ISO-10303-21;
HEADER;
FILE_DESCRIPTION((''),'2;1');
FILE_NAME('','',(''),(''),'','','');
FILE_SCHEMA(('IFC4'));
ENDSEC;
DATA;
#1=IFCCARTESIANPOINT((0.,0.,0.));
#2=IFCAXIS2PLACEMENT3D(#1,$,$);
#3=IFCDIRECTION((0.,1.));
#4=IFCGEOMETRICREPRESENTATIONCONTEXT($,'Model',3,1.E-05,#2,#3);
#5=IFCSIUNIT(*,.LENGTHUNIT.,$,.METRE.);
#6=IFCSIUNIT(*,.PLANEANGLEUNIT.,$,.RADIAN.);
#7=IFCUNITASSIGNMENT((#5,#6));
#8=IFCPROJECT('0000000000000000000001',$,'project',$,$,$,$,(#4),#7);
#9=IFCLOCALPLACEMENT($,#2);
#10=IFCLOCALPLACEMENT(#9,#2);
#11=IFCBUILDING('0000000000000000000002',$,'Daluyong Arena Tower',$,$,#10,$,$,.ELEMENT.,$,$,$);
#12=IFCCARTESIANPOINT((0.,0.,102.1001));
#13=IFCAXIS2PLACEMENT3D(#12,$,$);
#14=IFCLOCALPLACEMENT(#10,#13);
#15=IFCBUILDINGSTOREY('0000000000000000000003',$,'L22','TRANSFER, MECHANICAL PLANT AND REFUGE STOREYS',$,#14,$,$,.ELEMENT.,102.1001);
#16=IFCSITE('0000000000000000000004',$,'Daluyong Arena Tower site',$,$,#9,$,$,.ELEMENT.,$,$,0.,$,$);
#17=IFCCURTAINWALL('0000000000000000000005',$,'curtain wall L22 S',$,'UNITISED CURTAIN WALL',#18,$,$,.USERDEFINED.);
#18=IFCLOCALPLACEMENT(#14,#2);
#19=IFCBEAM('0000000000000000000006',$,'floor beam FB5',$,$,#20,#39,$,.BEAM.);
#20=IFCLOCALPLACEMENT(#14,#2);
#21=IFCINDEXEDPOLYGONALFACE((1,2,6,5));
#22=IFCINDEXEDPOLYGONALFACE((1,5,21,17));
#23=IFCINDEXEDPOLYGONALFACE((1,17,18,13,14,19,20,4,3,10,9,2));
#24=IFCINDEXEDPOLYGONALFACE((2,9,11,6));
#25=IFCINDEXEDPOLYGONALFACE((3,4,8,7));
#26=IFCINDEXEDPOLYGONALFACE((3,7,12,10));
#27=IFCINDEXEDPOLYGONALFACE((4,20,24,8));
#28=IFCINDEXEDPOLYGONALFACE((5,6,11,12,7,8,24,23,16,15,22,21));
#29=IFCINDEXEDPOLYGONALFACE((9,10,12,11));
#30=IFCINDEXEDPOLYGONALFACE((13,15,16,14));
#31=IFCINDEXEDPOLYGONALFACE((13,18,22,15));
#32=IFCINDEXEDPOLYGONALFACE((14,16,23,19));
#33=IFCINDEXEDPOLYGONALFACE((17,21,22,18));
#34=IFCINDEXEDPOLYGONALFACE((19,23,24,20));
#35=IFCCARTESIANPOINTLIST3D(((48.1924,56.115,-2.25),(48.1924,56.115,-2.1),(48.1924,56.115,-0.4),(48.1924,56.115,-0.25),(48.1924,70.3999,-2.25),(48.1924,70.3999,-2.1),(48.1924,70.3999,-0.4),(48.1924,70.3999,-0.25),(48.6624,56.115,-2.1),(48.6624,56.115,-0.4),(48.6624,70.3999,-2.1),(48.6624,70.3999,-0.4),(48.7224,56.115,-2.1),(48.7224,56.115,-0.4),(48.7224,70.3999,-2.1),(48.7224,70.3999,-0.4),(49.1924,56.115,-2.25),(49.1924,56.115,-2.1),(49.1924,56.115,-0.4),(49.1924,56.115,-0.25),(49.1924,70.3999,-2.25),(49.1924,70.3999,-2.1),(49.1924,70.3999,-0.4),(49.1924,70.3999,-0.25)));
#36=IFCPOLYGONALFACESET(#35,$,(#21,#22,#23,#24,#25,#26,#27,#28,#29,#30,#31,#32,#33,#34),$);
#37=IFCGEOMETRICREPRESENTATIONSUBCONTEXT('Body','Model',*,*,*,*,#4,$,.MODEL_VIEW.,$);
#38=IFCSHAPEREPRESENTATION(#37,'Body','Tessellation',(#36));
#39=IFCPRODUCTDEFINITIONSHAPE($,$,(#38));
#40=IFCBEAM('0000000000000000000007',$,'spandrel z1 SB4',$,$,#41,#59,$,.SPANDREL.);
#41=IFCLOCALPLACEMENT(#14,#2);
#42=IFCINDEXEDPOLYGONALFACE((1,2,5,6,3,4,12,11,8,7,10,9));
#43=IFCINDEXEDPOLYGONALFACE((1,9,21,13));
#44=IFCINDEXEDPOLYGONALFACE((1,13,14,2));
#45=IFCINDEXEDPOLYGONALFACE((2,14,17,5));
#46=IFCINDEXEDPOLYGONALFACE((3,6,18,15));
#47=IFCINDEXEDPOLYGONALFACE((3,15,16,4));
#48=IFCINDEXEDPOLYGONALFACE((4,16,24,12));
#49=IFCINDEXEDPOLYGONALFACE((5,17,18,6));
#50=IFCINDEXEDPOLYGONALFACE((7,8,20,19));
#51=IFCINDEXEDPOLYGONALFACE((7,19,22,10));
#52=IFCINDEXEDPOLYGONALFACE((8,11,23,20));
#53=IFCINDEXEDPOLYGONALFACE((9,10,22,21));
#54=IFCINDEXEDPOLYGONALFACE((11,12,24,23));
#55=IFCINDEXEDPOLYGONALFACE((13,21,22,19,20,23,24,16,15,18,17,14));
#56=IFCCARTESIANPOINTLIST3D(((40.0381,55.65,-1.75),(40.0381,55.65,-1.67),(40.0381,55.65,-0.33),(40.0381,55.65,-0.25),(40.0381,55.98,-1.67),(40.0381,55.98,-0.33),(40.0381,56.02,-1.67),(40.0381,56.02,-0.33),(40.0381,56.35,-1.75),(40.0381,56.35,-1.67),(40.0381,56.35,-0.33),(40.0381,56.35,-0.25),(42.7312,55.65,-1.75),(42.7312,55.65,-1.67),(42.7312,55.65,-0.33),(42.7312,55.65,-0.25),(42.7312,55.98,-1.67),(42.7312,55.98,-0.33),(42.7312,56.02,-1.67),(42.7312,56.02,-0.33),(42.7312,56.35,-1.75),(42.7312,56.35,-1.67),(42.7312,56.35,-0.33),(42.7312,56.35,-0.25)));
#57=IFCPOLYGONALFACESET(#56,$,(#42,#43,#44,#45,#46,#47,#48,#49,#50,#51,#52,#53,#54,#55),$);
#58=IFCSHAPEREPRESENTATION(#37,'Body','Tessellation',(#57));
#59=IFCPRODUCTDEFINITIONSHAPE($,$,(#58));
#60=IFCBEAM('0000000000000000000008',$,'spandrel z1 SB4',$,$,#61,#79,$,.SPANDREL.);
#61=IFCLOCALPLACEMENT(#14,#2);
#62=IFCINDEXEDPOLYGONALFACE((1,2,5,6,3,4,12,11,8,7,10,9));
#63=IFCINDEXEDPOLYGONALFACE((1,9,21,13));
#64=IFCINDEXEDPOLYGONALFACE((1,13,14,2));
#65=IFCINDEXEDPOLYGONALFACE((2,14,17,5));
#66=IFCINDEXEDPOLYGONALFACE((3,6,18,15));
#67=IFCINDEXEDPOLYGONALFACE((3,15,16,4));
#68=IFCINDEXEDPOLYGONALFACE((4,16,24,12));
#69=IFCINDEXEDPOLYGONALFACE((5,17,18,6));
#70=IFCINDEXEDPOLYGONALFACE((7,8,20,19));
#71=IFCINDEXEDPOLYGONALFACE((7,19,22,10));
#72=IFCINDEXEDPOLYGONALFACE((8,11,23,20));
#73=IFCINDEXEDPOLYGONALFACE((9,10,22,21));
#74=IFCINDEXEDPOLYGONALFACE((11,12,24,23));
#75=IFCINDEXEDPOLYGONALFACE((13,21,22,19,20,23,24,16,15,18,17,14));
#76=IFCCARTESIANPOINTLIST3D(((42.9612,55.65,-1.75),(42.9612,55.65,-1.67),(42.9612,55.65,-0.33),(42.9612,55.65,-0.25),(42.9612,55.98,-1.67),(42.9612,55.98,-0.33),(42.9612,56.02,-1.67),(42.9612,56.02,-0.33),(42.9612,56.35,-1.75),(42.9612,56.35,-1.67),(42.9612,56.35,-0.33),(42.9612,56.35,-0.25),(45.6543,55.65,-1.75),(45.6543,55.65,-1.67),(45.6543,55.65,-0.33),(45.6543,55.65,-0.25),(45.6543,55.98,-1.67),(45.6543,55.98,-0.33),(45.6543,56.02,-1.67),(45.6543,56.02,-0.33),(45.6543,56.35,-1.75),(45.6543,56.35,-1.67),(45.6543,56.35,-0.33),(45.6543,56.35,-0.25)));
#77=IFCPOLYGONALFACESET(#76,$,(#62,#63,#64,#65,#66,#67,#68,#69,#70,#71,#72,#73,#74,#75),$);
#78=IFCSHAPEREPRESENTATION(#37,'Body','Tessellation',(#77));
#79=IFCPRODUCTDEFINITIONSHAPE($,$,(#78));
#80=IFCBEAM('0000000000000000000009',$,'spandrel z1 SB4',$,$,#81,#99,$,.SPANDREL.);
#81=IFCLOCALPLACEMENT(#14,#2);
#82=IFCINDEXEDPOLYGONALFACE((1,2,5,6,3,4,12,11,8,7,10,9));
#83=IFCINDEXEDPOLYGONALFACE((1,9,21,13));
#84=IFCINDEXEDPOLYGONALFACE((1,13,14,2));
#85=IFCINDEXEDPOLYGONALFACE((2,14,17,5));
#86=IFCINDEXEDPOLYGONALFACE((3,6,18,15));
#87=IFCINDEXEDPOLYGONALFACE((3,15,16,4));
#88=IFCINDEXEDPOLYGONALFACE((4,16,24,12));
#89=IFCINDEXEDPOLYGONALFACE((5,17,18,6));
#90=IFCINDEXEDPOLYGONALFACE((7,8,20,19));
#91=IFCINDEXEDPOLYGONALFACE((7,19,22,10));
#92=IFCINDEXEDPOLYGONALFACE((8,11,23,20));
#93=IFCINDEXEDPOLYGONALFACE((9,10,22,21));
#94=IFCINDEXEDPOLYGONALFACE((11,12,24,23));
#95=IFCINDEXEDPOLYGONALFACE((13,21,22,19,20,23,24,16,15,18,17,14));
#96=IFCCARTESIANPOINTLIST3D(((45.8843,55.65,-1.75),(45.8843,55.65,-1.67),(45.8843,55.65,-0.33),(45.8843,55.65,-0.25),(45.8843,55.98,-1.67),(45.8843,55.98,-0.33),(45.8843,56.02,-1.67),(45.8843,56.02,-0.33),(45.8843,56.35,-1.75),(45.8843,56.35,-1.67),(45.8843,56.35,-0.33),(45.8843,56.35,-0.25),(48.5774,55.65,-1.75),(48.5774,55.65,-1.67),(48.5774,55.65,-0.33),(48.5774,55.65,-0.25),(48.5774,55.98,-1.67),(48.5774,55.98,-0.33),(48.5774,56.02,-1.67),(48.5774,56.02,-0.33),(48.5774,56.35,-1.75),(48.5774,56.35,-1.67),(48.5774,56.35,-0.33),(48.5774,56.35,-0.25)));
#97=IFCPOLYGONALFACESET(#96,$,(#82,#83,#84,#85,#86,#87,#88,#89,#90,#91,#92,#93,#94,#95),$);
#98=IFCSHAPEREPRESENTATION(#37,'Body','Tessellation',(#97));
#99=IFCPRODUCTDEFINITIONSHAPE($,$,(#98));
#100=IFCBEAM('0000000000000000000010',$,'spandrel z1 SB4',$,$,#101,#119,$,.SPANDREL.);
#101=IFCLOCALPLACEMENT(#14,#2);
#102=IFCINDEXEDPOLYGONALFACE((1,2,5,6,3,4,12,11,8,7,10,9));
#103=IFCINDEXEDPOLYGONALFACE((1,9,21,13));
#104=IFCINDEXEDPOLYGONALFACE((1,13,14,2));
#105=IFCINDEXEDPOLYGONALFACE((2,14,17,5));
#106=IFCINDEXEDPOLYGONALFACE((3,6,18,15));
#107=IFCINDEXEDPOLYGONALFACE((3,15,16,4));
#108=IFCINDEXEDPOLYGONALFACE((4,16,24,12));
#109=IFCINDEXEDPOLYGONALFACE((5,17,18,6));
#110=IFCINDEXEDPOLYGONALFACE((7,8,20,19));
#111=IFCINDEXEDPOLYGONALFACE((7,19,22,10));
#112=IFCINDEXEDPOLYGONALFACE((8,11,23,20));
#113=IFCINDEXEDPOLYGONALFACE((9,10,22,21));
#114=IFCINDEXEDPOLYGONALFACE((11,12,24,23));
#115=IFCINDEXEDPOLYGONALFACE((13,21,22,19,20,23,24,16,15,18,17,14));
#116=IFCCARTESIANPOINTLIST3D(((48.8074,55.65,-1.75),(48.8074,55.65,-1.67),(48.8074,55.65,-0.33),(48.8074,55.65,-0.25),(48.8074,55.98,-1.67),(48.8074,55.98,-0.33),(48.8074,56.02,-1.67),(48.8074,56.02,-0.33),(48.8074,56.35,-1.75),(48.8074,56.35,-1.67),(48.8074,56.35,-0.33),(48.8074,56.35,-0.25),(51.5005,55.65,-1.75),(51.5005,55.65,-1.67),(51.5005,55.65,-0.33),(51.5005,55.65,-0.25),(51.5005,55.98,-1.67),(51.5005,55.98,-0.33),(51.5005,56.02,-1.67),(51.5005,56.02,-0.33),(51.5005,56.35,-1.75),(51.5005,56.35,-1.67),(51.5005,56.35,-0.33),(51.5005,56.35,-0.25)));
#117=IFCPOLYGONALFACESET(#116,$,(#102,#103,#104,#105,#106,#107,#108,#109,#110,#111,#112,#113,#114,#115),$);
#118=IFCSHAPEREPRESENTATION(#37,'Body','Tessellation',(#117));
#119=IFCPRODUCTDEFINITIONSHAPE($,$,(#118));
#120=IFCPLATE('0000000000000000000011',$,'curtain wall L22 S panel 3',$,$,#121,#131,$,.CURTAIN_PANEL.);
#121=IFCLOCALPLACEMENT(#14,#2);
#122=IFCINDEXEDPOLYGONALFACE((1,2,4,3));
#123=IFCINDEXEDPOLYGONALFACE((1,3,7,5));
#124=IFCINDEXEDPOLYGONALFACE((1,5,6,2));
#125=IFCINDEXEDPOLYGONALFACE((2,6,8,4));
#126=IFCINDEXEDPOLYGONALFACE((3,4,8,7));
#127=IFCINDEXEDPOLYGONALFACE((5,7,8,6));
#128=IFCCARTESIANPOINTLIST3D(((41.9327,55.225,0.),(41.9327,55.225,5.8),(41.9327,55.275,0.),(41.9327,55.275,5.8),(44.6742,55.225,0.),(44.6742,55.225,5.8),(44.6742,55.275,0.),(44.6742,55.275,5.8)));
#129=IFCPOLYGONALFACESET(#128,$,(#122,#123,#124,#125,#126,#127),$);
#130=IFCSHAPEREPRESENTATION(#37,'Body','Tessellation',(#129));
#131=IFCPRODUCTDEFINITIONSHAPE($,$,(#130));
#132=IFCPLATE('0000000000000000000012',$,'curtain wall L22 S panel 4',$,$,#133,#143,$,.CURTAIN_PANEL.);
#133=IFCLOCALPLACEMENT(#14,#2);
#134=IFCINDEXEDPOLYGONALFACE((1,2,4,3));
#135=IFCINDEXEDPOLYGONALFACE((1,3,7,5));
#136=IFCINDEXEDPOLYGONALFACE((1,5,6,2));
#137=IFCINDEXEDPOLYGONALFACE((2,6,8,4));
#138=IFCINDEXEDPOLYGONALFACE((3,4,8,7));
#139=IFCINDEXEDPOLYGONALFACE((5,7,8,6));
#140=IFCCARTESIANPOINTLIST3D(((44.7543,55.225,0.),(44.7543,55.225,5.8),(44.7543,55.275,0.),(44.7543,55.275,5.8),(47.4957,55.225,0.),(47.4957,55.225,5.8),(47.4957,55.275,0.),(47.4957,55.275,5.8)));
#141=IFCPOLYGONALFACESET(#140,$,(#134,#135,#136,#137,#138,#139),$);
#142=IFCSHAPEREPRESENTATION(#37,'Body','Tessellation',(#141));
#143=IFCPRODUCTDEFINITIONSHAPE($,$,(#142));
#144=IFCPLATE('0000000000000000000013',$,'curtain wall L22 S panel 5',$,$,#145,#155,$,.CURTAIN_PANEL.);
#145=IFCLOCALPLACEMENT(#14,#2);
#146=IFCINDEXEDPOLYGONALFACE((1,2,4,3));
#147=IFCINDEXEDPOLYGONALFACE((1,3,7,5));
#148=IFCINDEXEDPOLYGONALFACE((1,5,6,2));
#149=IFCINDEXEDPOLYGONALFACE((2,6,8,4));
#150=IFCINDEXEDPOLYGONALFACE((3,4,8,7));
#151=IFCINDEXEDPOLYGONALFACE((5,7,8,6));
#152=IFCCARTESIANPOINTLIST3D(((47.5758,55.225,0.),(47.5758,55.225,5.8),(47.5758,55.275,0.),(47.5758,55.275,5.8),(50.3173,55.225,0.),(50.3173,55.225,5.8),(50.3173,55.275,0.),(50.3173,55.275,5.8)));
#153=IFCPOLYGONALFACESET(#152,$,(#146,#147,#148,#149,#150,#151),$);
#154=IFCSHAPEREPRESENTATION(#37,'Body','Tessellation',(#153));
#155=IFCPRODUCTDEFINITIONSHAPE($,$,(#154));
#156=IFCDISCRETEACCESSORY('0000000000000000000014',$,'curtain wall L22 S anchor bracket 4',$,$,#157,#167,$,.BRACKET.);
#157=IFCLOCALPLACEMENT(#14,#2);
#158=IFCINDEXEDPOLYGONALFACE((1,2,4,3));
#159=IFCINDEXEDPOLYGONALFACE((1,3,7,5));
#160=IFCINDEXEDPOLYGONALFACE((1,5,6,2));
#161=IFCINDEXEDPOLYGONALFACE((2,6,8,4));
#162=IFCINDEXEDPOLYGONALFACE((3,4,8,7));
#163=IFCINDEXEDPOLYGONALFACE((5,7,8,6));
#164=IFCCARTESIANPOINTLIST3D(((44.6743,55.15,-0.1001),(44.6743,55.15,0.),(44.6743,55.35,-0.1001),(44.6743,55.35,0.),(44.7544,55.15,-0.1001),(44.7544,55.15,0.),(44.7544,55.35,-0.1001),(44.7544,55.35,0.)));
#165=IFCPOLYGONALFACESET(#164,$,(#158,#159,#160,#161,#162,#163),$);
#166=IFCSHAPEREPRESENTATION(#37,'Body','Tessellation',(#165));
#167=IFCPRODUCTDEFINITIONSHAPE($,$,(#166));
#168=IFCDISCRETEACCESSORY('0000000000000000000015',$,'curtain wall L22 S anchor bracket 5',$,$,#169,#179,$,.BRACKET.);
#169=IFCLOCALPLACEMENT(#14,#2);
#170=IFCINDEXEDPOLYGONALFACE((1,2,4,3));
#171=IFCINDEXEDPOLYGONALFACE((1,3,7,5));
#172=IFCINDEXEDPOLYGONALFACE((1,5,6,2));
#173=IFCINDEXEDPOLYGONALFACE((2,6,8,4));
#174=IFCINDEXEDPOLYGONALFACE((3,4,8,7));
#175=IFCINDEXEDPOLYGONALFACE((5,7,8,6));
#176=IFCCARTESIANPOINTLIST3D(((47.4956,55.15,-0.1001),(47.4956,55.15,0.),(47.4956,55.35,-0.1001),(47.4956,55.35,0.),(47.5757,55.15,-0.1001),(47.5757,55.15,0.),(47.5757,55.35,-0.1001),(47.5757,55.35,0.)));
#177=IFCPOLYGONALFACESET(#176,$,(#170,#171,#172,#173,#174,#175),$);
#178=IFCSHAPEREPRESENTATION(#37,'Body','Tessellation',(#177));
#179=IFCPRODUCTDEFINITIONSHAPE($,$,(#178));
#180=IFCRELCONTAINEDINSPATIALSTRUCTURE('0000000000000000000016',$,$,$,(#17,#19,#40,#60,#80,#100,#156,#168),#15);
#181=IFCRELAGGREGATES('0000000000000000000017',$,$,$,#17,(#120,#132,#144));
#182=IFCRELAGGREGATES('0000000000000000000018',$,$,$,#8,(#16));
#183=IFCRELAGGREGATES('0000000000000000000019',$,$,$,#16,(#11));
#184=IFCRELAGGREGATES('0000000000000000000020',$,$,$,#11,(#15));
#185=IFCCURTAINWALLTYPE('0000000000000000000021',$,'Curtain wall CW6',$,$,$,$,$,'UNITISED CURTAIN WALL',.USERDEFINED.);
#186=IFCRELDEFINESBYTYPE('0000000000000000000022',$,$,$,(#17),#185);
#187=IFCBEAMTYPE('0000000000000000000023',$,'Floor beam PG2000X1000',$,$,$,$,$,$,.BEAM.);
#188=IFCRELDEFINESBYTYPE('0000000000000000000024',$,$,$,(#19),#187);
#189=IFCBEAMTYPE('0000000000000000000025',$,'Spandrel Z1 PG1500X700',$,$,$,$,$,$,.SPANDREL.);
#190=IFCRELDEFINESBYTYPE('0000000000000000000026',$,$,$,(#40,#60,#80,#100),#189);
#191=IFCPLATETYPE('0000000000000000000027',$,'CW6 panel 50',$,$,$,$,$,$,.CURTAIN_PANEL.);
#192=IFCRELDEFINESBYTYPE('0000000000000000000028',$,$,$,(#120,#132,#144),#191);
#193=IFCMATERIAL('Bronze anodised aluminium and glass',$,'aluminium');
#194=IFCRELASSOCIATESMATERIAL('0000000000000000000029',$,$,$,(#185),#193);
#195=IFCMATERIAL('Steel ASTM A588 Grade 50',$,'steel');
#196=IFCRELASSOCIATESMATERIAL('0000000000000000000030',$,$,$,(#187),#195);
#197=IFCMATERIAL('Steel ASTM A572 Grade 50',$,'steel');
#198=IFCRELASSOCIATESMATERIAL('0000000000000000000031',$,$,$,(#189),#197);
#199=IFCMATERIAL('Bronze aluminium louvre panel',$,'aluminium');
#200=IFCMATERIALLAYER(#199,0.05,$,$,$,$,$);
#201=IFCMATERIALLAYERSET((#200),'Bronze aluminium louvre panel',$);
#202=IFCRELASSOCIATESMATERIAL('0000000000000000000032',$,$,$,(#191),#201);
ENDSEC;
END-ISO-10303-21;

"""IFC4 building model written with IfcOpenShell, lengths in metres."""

from ifc_helpers import new_model, si_unit, direction, frame, origin, origin_2d, place, context, subcontext, project, spatial, rectangle, i_section, extrude, material, layer, layer_set, material_profile, profile_set, type_object, element, aggregate, save


model = new_model("IFC4")

# Units and contexts
model_context = context("Model", 3, precision=1e-05, world=origin(), true_north=direction((0.0, 1.0)))
body_context = subcontext(model_context, "Body", "Model", "MODEL_VIEW")
ifc_project = project(units=[si_unit("LENGTHUNIT", "METRE"), si_unit("PLANEANGLEUNIT", "RADIAN")], contexts=[model_context])

# Site, building, storey
site_placement = place(None, origin())
site = spatial("IfcSite", under=ifc_project, at=site_placement, Name="Daluyong Arena Tower site", CompositionType="ELEMENT", RefElevation=0.0)
building_placement = place(site_placement, origin())
building = spatial("IfcBuilding", under=site, at=building_placement, Name="Daluyong Arena Tower", CompositionType="ELEMENT")
storey_placement = place(building_placement, frame((0.0, 0.0, 102.1001)))
storey = spatial("IfcBuildingStorey", under=building, at=storey_placement, Name="L22", Description="TRANSFER, MECHANICAL PLANT AND REFUGE STOREYS", CompositionType="ELEMENT", Elevation=102.1001)

# Curtain wall
ifc_material_1 = material(Name="Bronze anodised aluminium and glass", Category="aluminium")
curtain_wall_type = type_object("IfcCurtainWallType", Name="Curtain wall CW6", ElementType="UNITISED CURTAIN WALL", PredefinedType="USERDEFINED", material=ifc_material_1)
curtain_wall_placement = place(storey_placement, origin())
curtain_wall = element("IfcCurtainWall", 1, at=curtain_wall_placement, inside=storey, type_object=curtain_wall_type, Name="curtain wall L22 S", ObjectType="UNITISED CURTAIN WALL", PredefinedType="USERDEFINED")

# Beams
ifc_material_2 = material(Name="Steel ASTM A588 Grade 50", Category="steel")
ifc_material_profile_1 = material_profile(ifc_material_2, i_section(OverallWidth=1.0, OverallDepth=2.0, WebThickness=0.06, FlangeThickness=0.15, at=origin_2d()))
ifc_profile_set_1 = profile_set([ifc_material_profile_1], Name="Steel ASTM A588 Grade 50")
beam_type_1 = type_object("IfcBeamType", Name="Floor beam PG2000X1000", PredefinedType="BEAM", material=ifc_profile_set_1)
for number, where, z_axis, x_axis, name in (
    (2, (48.6924, 56.115, -1.25), (0.0, 1.0, 0.0), (-1.0, 0.0, 0.0), "floor beam FB5"),
):
    element("IfcBeam", number, at=place(storey_placement, frame(where, z_axis=z_axis, x_axis=x_axis)), inside=storey, type_object=beam_type_1, Name=name, PredefinedType="BEAM", context=body_context, shape_type="SweptSolid", body=[
        extrude(i_section(OverallWidth=1.0, OverallDepth=2.0, WebThickness=0.06, FlangeThickness=0.15, at=origin_2d()), origin(), (0.0, 0.0, 1.0), 14.2849),
    ])
ifc_material_3 = material(Name="Steel ASTM A572 Grade 50", Category="steel")
ifc_material_profile_2 = material_profile(ifc_material_3, i_section(OverallWidth=0.7, OverallDepth=1.5, WebThickness=0.04, FlangeThickness=0.08, at=origin_2d()))
ifc_profile_set_2 = profile_set([ifc_material_profile_2], Name="Steel ASTM A572 Grade 50")
beam_type_2 = type_object("IfcBeamType", Name="Spandrel Z1 PG1500X700", PredefinedType="SPANDREL", material=ifc_profile_set_2)
for number, where, z_axis, x_axis, name in (
    (3, (40.0381, 56.0, -1.0), (1.0, 0.0, 0.0), (0.0, 1.0, 0.0), "spandrel z1 SB4"),
    (4, (42.9612, 56.0, -1.0), (1.0, 0.0, 0.0), (0.0, 1.0, 0.0), "spandrel z1 SB4"),
    (5, (45.8843, 56.0, -1.0), (1.0, 0.0, 0.0), (0.0, 1.0, 0.0), "spandrel z1 SB4"),
    (6, (48.8074, 56.0, -1.0), (1.0, 0.0, 0.0), (0.0, 1.0, 0.0), "spandrel z1 SB4"),
):
    element("IfcBeam", number, at=place(storey_placement, frame(where, z_axis=z_axis, x_axis=x_axis)), inside=storey, type_object=beam_type_2, Name=name, PredefinedType="SPANDREL", context=body_context, shape_type="SweptSolid", body=[
        extrude(i_section(OverallWidth=0.7, OverallDepth=1.5, WebThickness=0.04, FlangeThickness=0.08, at=origin_2d()), origin(), (0.0, 0.0, 1.0), 2.6931),
    ])

# Plates
ifc_material_4 = material(Name="Bronze aluminium louvre panel", Category="aluminium")
ifc_layer = layer(ifc_material_4, 0.05)
ifc_layer_set = layer_set([ifc_layer], Name="Bronze aluminium louvre panel")
plate_type = type_object("IfcPlateType", Name="CW6 panel 50", PredefinedType="CURTAIN_PANEL", material=ifc_layer_set)
plate_1_placement = place(storey_placement, frame((43.3035, 55.25, 0.0), z_axis=(0.0, 0.0, 1.0), x_axis=(1.0, 0.0, 0.0)))
plate_1 = element("IfcPlate", 7, at=plate_1_placement, type_object=plate_type, Name="curtain wall L22 S panel 3", PredefinedType="CURTAIN_PANEL", context=body_context, shape_type="SweptSolid", body=[
    extrude(rectangle(XDim=2.7415, YDim=0.05, at=origin_2d()), origin(), (0.0, 0.0, 1.0), 5.8),
])
plate_2_placement = place(storey_placement, frame((46.125, 55.25, 0.0), z_axis=(0.0, 0.0, 1.0), x_axis=(1.0, 0.0, 0.0)))
plate_2 = element("IfcPlate", 8, at=plate_2_placement, type_object=plate_type, Name="curtain wall L22 S panel 4", PredefinedType="CURTAIN_PANEL", context=body_context, shape_type="SweptSolid", body=[
    extrude(rectangle(XDim=2.7415, YDim=0.05, at=origin_2d()), origin(), (0.0, 0.0, 1.0), 5.8),
])
plate_3_placement = place(storey_placement, frame((48.9465, 55.25, 0.0), z_axis=(0.0, 0.0, 1.0), x_axis=(1.0, 0.0, 0.0)))
plate_3 = element("IfcPlate", 9, at=plate_3_placement, type_object=plate_type, Name="curtain wall L22 S panel 5", PredefinedType="CURTAIN_PANEL", context=body_context, shape_type="SweptSolid", body=[
    extrude(rectangle(XDim=2.7415, YDim=0.05, at=origin_2d()), origin(), (0.0, 0.0, 1.0), 5.8),
])
aggregate(curtain_wall, [plate_1, plate_2, plate_3])

# Discrete accessories
for number, where, z_axis, x_axis, name in (
    (10, (44.7144, 55.25, -0.1001), (0.0, 0.0, 1.0), (1.0, 0.0, 0.0), "curtain wall L22 S anchor bracket 4"),
    (11, (47.5356, 55.25, -0.1001), (0.0, 0.0, 1.0), (1.0, 0.0, 0.0), "curtain wall L22 S anchor bracket 5"),
):
    element("IfcDiscreteAccessory", number, at=place(storey_placement, frame(where, z_axis=z_axis, x_axis=x_axis)), inside=storey, Name=name, PredefinedType="BRACKET", context=body_context, shape_type="SweptSolid", body=[
        extrude(rectangle(XDim=0.0801, YDim=0.2, at=origin_2d()), origin(), (0.0, 0.0, 1.0), 0.1001),
    ])

save(model, "model.ifc")
